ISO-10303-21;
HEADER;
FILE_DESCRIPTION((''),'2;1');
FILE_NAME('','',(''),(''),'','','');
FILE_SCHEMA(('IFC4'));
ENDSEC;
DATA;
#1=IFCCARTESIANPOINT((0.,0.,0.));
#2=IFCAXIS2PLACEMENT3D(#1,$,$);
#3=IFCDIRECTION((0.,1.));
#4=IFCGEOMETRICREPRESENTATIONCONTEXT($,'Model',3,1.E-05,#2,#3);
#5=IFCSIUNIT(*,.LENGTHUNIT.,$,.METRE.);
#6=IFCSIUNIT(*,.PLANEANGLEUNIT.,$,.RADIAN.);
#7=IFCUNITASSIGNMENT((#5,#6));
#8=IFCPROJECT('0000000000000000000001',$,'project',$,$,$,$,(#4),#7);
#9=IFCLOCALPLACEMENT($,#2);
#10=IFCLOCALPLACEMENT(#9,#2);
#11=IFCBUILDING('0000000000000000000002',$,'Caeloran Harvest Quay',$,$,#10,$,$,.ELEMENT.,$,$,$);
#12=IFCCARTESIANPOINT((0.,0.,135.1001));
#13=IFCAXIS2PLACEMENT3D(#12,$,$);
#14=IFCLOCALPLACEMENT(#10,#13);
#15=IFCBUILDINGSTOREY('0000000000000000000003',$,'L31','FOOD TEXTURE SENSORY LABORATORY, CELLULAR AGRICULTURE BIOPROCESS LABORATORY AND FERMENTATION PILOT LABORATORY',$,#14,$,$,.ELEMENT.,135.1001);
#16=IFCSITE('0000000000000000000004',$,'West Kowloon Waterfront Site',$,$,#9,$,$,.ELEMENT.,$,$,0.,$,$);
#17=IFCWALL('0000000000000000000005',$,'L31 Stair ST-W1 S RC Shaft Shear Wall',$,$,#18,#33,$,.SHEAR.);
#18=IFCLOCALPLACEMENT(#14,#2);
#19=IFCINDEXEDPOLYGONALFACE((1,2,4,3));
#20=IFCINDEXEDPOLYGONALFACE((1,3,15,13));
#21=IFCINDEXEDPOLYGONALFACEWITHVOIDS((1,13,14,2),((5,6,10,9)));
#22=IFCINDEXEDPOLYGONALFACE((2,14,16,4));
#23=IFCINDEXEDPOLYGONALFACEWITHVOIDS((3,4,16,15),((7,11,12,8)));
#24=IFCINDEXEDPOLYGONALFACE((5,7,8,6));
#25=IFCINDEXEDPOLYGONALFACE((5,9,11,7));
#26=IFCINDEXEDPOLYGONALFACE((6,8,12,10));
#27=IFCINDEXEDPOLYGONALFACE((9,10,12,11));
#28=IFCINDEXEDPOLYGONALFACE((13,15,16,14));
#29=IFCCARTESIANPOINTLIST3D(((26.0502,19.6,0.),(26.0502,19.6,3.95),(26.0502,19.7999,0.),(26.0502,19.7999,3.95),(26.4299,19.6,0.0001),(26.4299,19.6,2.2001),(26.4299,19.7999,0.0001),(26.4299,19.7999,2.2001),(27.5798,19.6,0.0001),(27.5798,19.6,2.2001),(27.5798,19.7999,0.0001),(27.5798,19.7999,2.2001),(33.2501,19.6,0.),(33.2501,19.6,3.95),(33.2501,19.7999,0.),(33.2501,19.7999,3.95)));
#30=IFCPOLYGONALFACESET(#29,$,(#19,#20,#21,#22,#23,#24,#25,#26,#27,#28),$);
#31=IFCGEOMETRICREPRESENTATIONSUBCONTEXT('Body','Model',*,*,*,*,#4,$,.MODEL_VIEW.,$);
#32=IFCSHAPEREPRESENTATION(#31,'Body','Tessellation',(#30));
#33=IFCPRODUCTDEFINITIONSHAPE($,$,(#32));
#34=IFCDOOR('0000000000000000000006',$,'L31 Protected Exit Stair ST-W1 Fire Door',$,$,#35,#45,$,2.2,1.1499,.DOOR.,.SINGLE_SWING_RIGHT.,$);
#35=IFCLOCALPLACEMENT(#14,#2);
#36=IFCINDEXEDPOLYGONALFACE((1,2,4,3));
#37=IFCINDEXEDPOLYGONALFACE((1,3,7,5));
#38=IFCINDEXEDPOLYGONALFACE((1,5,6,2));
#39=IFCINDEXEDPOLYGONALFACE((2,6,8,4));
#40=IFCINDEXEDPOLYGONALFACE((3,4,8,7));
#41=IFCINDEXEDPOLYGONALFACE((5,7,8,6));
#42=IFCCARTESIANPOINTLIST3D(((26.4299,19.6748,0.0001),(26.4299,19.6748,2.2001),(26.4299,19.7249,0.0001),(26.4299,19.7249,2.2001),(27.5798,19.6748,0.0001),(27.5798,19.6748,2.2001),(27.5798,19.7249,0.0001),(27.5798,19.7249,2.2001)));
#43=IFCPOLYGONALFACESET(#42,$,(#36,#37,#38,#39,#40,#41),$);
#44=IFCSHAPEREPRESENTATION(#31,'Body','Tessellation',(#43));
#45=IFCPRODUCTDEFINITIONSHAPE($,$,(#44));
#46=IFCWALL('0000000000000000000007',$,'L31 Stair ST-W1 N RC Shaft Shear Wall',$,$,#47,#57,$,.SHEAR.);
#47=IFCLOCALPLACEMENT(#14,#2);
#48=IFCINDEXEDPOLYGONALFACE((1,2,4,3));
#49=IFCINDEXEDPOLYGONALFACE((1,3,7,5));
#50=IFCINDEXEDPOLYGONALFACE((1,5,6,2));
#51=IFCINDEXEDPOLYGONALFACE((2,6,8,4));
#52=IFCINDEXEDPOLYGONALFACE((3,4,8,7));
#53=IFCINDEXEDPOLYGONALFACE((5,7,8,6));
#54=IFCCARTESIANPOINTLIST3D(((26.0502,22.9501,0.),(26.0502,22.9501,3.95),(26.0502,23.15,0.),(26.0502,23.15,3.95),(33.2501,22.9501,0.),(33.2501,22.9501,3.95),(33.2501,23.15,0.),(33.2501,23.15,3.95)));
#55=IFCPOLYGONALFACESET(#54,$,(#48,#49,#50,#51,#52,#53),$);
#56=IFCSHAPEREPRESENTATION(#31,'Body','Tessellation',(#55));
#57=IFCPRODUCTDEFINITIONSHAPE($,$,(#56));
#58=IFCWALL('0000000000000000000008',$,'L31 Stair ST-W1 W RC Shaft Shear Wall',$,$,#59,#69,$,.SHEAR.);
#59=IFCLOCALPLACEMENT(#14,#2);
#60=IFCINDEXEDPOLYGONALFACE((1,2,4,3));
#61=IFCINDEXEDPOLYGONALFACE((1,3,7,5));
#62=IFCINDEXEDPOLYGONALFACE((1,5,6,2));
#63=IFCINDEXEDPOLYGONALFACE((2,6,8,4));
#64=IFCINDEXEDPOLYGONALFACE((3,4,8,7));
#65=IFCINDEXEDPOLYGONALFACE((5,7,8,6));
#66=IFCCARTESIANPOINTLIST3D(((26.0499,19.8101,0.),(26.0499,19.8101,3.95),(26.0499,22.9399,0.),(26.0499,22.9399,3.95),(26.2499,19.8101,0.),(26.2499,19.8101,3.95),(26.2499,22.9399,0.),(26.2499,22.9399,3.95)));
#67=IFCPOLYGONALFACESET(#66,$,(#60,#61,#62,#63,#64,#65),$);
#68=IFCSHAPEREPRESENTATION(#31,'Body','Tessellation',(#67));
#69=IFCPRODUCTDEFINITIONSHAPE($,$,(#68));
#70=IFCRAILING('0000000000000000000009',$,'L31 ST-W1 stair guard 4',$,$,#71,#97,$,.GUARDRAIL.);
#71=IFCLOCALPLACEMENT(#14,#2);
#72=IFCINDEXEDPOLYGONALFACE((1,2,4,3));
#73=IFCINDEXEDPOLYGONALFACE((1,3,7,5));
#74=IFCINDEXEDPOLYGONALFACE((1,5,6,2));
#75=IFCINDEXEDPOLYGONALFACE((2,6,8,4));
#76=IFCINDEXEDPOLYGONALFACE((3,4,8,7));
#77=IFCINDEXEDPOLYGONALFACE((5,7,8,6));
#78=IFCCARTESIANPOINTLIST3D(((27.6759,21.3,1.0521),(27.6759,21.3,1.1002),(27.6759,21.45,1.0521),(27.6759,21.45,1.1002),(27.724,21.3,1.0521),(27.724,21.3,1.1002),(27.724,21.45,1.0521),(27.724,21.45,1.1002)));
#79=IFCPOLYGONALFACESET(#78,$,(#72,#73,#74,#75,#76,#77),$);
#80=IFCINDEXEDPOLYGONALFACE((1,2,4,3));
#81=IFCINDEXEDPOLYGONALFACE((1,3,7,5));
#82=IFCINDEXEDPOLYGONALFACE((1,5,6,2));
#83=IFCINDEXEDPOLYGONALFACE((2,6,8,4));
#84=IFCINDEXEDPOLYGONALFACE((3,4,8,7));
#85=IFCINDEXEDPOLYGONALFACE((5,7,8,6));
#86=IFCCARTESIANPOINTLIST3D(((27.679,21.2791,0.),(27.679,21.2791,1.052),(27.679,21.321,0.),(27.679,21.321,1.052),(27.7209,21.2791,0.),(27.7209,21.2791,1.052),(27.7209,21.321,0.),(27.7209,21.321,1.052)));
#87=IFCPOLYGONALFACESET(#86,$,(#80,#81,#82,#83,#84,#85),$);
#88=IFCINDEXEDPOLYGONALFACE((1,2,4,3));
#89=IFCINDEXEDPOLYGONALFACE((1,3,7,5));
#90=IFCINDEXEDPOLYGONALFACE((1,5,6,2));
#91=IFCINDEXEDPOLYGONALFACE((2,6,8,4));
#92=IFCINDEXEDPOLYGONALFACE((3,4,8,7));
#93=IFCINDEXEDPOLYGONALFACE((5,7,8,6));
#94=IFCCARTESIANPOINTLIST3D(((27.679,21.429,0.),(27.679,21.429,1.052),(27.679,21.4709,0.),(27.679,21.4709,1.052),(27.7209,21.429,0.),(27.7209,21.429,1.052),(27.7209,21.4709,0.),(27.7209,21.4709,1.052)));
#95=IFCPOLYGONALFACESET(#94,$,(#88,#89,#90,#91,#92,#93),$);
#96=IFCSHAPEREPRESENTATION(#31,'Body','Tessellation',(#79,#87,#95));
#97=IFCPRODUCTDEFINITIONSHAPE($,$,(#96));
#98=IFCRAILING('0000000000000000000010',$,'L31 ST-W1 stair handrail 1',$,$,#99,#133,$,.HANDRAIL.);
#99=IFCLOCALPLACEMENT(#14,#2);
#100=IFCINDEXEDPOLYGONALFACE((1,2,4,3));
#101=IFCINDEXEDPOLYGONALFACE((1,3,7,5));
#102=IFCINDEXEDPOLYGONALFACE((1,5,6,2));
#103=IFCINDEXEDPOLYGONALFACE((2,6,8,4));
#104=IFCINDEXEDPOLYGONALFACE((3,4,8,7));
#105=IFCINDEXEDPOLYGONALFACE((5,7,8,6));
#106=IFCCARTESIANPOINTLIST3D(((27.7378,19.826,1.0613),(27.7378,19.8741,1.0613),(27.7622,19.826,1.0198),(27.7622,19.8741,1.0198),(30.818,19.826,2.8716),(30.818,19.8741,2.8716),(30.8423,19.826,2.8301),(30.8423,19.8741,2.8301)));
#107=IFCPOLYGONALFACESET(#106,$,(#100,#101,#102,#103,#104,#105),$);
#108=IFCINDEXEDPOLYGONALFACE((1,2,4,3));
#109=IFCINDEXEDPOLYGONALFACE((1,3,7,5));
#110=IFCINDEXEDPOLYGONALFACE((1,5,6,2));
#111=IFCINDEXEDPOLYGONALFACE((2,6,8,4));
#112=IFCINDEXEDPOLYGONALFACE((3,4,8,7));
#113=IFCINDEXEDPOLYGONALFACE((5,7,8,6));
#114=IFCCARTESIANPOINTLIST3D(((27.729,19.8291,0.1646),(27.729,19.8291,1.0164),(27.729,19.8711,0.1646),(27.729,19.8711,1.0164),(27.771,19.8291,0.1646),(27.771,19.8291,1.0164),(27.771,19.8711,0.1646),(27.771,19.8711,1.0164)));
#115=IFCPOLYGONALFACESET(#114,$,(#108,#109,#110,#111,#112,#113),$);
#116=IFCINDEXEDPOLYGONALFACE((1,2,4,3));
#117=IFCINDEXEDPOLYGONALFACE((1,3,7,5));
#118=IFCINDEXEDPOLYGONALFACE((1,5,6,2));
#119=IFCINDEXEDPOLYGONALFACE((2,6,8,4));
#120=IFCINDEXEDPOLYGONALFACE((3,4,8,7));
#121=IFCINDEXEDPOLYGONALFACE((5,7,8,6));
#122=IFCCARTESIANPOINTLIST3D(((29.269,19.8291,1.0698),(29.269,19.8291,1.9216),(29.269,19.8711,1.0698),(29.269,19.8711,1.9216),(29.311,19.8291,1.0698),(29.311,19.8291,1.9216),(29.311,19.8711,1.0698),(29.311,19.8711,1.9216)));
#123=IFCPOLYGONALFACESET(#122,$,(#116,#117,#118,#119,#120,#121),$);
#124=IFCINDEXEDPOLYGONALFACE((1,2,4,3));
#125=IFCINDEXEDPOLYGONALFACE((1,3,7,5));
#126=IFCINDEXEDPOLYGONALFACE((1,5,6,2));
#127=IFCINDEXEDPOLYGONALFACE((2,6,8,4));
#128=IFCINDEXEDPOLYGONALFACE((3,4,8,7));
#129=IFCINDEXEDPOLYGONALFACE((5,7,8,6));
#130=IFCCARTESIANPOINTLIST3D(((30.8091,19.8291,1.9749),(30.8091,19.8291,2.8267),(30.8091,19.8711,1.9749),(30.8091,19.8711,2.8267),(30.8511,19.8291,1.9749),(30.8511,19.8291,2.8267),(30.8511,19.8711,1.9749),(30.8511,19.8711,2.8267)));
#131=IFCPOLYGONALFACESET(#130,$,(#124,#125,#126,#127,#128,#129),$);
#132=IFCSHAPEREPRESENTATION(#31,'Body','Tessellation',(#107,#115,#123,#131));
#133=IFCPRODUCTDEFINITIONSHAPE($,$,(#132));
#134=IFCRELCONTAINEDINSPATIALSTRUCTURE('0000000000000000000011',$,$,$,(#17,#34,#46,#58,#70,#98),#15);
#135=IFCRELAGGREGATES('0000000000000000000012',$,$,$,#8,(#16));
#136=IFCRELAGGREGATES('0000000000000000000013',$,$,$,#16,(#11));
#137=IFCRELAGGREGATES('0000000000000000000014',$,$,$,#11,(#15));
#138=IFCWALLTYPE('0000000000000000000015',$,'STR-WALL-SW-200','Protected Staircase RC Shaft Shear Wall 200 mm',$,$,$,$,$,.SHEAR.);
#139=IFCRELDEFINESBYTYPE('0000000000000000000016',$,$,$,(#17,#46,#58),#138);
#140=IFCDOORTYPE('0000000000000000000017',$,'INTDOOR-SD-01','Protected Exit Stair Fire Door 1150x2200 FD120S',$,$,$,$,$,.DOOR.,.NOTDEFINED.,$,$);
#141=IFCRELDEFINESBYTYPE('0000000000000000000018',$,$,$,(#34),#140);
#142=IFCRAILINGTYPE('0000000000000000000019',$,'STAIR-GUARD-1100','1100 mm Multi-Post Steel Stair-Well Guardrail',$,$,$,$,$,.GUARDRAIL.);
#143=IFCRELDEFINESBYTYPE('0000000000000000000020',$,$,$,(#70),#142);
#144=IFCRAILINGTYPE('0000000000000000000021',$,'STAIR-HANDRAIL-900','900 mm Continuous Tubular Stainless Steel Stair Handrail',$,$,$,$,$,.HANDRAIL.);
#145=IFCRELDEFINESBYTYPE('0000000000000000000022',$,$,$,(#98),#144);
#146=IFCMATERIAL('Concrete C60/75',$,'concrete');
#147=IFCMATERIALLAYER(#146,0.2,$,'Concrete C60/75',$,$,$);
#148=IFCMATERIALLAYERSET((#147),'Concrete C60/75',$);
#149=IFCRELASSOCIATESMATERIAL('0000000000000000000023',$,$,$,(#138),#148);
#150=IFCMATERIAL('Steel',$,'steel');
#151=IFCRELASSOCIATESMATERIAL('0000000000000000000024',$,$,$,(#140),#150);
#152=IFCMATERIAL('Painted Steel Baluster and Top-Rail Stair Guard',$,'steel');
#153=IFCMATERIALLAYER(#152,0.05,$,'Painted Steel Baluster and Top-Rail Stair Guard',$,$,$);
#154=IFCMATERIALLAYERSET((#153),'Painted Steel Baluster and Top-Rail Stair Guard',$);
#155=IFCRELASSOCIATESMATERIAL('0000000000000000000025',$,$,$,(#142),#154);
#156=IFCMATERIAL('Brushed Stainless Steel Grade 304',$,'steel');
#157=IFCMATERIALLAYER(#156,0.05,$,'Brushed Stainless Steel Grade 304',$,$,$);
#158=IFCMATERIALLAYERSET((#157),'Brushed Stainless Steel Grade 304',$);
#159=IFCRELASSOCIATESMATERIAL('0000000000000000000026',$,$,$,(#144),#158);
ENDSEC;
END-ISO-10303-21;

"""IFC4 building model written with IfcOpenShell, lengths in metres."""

from ifc_helpers import new_model, si_unit, direction, frame, frame_2d, origin, origin_2d, place, context, subcontext, project, spatial, rectangle, extrude, material, layer, layer_set, type_object, element, fill, save


model = new_model("IFC4")

# Units and contexts
model_context = context("Model", 3, precision=1e-05, world=origin(), true_north=direction((0.0, 1.0)))
body_context = subcontext(model_context, "Body", "Model", "MODEL_VIEW")
ifc_project = project(units=[si_unit("LENGTHUNIT", "METRE"), si_unit("PLANEANGLEUNIT", "RADIAN")], contexts=[model_context])

# Site, building, storey
site_placement = place(None, origin())
site = spatial("IfcSite", under=ifc_project, at=site_placement, Name="West Kowloon Waterfront Site", CompositionType="ELEMENT", RefElevation=0.0)
building_placement = place(site_placement, origin())
building = spatial("IfcBuilding", under=site, at=building_placement, Name="Caeloran Harvest Quay", CompositionType="ELEMENT")
storey_placement = place(building_placement, frame((0.0, 0.0, 135.1001)))
storey = spatial("IfcBuildingStorey", under=building, at=storey_placement, Name="L31", Description="FOOD TEXTURE SENSORY LABORATORY, CELLULAR AGRICULTURE BIOPROCESS LABORATORY AND FERMENTATION PILOT LABORATORY", CompositionType="ELEMENT", Elevation=135.1001)

# Wall, opening, door
ifc_material_1 = material(Name="Concrete C60/75", Category="concrete")
ifc_layer_1 = layer(ifc_material_1, 0.2, Name="Concrete C60/75")
ifc_layer_set_1 = layer_set([ifc_layer_1], Name="Concrete C60/75")
wall_type_1 = type_object("IfcWallType", Name="STR-WALL-SW-200", Description="Protected Staircase RC Shaft Shear Wall 200 mm", PredefinedType="SHEAR", material=ifc_layer_set_1)
wall_1_placement = place(storey_placement, frame((26.05, 19.7, 0.0), z_axis=(0.0, 0.0, 1.0), x_axis=(1.0, 0.0, 0.0)))
wall_1 = element("IfcWall", 1, at=wall_1_placement, inside=storey, type_object=wall_type_1, Name="L31 Stair ST-W1 S RC Shaft Shear Wall", PredefinedType="SHEAR", context=body_context, shape_type="SweptSolid", body=[
    extrude(rectangle(XDim=7.2, YDim=0.2, at=frame_2d((3.6001, 0.0))), origin(), (0.0, 0.0, 1.0), 3.95),
])
opening_1_placement = place(wall_1_placement, frame((0.3799, 0.0, 0.0)))
opening_1 = element("IfcOpeningElement", 2, at=opening_1_placement, cuts=wall_1, PredefinedType="OPENING", context=body_context, shape_type="SweptSolid", body=[
    extrude(rectangle(XDim=1.1499, YDim=2.2, at=frame_2d((0.575, 1.1001))), frame((0.0, 0.1099, 0.0), z_axis=(0.0, -1.0, 0.0), x_axis=(1.0, 0.0, 0.0)), (0.0, 0.0, 1.0), 0.22),
])
ifc_material_2 = material(Name="Steel", Category="steel")
door_type_1 = type_object("IfcDoorType", Name="INTDOOR-SD-01", Description="Protected Exit Stair Fire Door 1150x2200 FD120S", OperationType="NOTDEFINED", PredefinedType="DOOR", material=ifc_material_2)
door_1_placement = place(opening_1_placement, origin())
door_1 = element("IfcDoor", 3, at=door_1_placement, inside=storey, type_object=door_type_1, Name="L31 Protected Exit Stair ST-W1 Fire Door", OperationType="SINGLE_SWING_RIGHT", OverallHeight=2.2, OverallWidth=1.1499, PredefinedType="DOOR", context=body_context, shape_type="SweptSolid", body=[
    extrude(rectangle(XDim=1.1499, YDim=2.2, at=frame_2d((0.575, 1.1001))), frame((0.0, 0.0249, 0.0), z_axis=(0.0, -1.0, 0.0), x_axis=(1.0, 0.0, 0.0)), (0.0, 0.0, 1.0), 0.05),
])
fill(opening_1, door_1)

# Walls
wall_2_placement = place(storey_placement, frame((26.05, 23.05, 0.0), z_axis=(0.0, 0.0, 1.0), x_axis=(1.0, 0.0, 0.0)))
element("IfcWall", 4, at=wall_2_placement, inside=storey, type_object=wall_type_1, Name="L31 Stair ST-W1 N RC Shaft Shear Wall", PredefinedType="SHEAR", context=body_context, shape_type="SweptSolid", body=[
    extrude(rectangle(XDim=7.2, YDim=0.2, at=frame_2d((3.6001, 0.0))), origin(), (0.0, 0.0, 1.0), 3.95),
])
wall_3_placement = place(storey_placement, frame((26.1499, 19.8101, 0.0), z_axis=(0.0, 0.0, 1.0), x_axis=(0.0, 1.0, 0.0)))
element("IfcWall", 5, at=wall_3_placement, inside=storey, type_object=wall_type_1, Name="L31 Stair ST-W1 W RC Shaft Shear Wall", PredefinedType="SHEAR", context=body_context, shape_type="SweptSolid", body=[
    extrude(rectangle(XDim=3.1299, YDim=0.2, at=frame_2d((1.5649, 0.0))), origin(), (0.0, 0.0, 1.0), 3.95),
])

# Railings
ifc_material_3 = material(Name="Painted Steel Baluster and Top-Rail Stair Guard", Category="steel")
ifc_layer_2 = layer(ifc_material_3, 0.05, Name="Painted Steel Baluster and Top-Rail Stair Guard")
ifc_layer_set_2 = layer_set([ifc_layer_2], Name="Painted Steel Baluster and Top-Rail Stair Guard")
railing_type_1 = type_object("IfcRailingType", Name="STAIR-GUARD-1100", Description="1100 mm Multi-Post Steel Stair-Well Guardrail", PredefinedType="GUARDRAIL", material=ifc_layer_set_2)
railing_1_placement = place(storey_placement, frame((27.7, 21.3, 0.0)))
element("IfcRailing", 6, at=railing_1_placement, inside=storey, type_object=railing_type_1, Name="L31 ST-W1 stair guard 4", PredefinedType="GUARDRAIL", context=body_context, shape_type="SweptSolid", body=[
    extrude(rectangle(XDim=0.0481, YDim=0.0481, at=origin_2d()), frame((0.0, 0.0, 1.0762), z_axis=(0.0, 1.0, 0.0), x_axis=(-1.0, 0.0, 0.0)), (0.0, 0.0, 1.0), 0.1499),
    extrude(rectangle(XDim=0.042, YDim=0.042, at=origin_2d()), origin(), (0.0, 0.0, 1.0), 1.052),
    extrude(rectangle(XDim=0.042, YDim=0.042, at=origin_2d()), frame((0.0, 0.1499, 0.0)), (0.0, 0.0, 1.0), 1.052),
])
ifc_material_4 = material(Name="Brushed Stainless Steel Grade 304", Category="steel")
ifc_layer_3 = layer(ifc_material_4, 0.05, Name="Brushed Stainless Steel Grade 304")
ifc_layer_set_3 = layer_set([ifc_layer_3], Name="Brushed Stainless Steel Grade 304")
railing_type_2 = type_object("IfcRailingType", Name="STAIR-HANDRAIL-900", Description="900 mm Continuous Tubular Stainless Steel Stair Handrail", PredefinedType="HANDRAIL", material=ifc_layer_set_3)
railing_2_placement = place(storey_placement, frame((27.75, 19.8501, 0.1646)))
element("IfcRailing", 7, at=railing_2_placement, inside=storey, type_object=railing_type_2, Name="L31 ST-W1 stair handrail 1", PredefinedType="HANDRAIL", context=body_context, shape_type="SweptSolid", body=[
    extrude(rectangle(XDim=0.0481, YDim=0.0481, at=origin_2d()), frame((0.0, 0.0, 0.876), z_axis=(0.862119, 0.0, 0.506707), x_axis=(0.0, 1.0, 0.0)), (0.0, 0.0, 1.0), 3.5728),
    extrude(rectangle(XDim=0.042, YDim=0.042, at=origin_2d()), origin(), (0.0, 0.0, 1.0), 0.8518),
    extrude(rectangle(XDim=0.042, YDim=0.042, at=origin_2d()), frame((1.54, 0.0, 0.9053)), (0.0, 0.0, 1.0), 0.8518),
    extrude(rectangle(XDim=0.042, YDim=0.042, at=origin_2d()), frame((3.0801, 0.0, 1.8103)), (0.0, 0.0, 1.0), 0.8518),
])

save(model, "model.ifc")
